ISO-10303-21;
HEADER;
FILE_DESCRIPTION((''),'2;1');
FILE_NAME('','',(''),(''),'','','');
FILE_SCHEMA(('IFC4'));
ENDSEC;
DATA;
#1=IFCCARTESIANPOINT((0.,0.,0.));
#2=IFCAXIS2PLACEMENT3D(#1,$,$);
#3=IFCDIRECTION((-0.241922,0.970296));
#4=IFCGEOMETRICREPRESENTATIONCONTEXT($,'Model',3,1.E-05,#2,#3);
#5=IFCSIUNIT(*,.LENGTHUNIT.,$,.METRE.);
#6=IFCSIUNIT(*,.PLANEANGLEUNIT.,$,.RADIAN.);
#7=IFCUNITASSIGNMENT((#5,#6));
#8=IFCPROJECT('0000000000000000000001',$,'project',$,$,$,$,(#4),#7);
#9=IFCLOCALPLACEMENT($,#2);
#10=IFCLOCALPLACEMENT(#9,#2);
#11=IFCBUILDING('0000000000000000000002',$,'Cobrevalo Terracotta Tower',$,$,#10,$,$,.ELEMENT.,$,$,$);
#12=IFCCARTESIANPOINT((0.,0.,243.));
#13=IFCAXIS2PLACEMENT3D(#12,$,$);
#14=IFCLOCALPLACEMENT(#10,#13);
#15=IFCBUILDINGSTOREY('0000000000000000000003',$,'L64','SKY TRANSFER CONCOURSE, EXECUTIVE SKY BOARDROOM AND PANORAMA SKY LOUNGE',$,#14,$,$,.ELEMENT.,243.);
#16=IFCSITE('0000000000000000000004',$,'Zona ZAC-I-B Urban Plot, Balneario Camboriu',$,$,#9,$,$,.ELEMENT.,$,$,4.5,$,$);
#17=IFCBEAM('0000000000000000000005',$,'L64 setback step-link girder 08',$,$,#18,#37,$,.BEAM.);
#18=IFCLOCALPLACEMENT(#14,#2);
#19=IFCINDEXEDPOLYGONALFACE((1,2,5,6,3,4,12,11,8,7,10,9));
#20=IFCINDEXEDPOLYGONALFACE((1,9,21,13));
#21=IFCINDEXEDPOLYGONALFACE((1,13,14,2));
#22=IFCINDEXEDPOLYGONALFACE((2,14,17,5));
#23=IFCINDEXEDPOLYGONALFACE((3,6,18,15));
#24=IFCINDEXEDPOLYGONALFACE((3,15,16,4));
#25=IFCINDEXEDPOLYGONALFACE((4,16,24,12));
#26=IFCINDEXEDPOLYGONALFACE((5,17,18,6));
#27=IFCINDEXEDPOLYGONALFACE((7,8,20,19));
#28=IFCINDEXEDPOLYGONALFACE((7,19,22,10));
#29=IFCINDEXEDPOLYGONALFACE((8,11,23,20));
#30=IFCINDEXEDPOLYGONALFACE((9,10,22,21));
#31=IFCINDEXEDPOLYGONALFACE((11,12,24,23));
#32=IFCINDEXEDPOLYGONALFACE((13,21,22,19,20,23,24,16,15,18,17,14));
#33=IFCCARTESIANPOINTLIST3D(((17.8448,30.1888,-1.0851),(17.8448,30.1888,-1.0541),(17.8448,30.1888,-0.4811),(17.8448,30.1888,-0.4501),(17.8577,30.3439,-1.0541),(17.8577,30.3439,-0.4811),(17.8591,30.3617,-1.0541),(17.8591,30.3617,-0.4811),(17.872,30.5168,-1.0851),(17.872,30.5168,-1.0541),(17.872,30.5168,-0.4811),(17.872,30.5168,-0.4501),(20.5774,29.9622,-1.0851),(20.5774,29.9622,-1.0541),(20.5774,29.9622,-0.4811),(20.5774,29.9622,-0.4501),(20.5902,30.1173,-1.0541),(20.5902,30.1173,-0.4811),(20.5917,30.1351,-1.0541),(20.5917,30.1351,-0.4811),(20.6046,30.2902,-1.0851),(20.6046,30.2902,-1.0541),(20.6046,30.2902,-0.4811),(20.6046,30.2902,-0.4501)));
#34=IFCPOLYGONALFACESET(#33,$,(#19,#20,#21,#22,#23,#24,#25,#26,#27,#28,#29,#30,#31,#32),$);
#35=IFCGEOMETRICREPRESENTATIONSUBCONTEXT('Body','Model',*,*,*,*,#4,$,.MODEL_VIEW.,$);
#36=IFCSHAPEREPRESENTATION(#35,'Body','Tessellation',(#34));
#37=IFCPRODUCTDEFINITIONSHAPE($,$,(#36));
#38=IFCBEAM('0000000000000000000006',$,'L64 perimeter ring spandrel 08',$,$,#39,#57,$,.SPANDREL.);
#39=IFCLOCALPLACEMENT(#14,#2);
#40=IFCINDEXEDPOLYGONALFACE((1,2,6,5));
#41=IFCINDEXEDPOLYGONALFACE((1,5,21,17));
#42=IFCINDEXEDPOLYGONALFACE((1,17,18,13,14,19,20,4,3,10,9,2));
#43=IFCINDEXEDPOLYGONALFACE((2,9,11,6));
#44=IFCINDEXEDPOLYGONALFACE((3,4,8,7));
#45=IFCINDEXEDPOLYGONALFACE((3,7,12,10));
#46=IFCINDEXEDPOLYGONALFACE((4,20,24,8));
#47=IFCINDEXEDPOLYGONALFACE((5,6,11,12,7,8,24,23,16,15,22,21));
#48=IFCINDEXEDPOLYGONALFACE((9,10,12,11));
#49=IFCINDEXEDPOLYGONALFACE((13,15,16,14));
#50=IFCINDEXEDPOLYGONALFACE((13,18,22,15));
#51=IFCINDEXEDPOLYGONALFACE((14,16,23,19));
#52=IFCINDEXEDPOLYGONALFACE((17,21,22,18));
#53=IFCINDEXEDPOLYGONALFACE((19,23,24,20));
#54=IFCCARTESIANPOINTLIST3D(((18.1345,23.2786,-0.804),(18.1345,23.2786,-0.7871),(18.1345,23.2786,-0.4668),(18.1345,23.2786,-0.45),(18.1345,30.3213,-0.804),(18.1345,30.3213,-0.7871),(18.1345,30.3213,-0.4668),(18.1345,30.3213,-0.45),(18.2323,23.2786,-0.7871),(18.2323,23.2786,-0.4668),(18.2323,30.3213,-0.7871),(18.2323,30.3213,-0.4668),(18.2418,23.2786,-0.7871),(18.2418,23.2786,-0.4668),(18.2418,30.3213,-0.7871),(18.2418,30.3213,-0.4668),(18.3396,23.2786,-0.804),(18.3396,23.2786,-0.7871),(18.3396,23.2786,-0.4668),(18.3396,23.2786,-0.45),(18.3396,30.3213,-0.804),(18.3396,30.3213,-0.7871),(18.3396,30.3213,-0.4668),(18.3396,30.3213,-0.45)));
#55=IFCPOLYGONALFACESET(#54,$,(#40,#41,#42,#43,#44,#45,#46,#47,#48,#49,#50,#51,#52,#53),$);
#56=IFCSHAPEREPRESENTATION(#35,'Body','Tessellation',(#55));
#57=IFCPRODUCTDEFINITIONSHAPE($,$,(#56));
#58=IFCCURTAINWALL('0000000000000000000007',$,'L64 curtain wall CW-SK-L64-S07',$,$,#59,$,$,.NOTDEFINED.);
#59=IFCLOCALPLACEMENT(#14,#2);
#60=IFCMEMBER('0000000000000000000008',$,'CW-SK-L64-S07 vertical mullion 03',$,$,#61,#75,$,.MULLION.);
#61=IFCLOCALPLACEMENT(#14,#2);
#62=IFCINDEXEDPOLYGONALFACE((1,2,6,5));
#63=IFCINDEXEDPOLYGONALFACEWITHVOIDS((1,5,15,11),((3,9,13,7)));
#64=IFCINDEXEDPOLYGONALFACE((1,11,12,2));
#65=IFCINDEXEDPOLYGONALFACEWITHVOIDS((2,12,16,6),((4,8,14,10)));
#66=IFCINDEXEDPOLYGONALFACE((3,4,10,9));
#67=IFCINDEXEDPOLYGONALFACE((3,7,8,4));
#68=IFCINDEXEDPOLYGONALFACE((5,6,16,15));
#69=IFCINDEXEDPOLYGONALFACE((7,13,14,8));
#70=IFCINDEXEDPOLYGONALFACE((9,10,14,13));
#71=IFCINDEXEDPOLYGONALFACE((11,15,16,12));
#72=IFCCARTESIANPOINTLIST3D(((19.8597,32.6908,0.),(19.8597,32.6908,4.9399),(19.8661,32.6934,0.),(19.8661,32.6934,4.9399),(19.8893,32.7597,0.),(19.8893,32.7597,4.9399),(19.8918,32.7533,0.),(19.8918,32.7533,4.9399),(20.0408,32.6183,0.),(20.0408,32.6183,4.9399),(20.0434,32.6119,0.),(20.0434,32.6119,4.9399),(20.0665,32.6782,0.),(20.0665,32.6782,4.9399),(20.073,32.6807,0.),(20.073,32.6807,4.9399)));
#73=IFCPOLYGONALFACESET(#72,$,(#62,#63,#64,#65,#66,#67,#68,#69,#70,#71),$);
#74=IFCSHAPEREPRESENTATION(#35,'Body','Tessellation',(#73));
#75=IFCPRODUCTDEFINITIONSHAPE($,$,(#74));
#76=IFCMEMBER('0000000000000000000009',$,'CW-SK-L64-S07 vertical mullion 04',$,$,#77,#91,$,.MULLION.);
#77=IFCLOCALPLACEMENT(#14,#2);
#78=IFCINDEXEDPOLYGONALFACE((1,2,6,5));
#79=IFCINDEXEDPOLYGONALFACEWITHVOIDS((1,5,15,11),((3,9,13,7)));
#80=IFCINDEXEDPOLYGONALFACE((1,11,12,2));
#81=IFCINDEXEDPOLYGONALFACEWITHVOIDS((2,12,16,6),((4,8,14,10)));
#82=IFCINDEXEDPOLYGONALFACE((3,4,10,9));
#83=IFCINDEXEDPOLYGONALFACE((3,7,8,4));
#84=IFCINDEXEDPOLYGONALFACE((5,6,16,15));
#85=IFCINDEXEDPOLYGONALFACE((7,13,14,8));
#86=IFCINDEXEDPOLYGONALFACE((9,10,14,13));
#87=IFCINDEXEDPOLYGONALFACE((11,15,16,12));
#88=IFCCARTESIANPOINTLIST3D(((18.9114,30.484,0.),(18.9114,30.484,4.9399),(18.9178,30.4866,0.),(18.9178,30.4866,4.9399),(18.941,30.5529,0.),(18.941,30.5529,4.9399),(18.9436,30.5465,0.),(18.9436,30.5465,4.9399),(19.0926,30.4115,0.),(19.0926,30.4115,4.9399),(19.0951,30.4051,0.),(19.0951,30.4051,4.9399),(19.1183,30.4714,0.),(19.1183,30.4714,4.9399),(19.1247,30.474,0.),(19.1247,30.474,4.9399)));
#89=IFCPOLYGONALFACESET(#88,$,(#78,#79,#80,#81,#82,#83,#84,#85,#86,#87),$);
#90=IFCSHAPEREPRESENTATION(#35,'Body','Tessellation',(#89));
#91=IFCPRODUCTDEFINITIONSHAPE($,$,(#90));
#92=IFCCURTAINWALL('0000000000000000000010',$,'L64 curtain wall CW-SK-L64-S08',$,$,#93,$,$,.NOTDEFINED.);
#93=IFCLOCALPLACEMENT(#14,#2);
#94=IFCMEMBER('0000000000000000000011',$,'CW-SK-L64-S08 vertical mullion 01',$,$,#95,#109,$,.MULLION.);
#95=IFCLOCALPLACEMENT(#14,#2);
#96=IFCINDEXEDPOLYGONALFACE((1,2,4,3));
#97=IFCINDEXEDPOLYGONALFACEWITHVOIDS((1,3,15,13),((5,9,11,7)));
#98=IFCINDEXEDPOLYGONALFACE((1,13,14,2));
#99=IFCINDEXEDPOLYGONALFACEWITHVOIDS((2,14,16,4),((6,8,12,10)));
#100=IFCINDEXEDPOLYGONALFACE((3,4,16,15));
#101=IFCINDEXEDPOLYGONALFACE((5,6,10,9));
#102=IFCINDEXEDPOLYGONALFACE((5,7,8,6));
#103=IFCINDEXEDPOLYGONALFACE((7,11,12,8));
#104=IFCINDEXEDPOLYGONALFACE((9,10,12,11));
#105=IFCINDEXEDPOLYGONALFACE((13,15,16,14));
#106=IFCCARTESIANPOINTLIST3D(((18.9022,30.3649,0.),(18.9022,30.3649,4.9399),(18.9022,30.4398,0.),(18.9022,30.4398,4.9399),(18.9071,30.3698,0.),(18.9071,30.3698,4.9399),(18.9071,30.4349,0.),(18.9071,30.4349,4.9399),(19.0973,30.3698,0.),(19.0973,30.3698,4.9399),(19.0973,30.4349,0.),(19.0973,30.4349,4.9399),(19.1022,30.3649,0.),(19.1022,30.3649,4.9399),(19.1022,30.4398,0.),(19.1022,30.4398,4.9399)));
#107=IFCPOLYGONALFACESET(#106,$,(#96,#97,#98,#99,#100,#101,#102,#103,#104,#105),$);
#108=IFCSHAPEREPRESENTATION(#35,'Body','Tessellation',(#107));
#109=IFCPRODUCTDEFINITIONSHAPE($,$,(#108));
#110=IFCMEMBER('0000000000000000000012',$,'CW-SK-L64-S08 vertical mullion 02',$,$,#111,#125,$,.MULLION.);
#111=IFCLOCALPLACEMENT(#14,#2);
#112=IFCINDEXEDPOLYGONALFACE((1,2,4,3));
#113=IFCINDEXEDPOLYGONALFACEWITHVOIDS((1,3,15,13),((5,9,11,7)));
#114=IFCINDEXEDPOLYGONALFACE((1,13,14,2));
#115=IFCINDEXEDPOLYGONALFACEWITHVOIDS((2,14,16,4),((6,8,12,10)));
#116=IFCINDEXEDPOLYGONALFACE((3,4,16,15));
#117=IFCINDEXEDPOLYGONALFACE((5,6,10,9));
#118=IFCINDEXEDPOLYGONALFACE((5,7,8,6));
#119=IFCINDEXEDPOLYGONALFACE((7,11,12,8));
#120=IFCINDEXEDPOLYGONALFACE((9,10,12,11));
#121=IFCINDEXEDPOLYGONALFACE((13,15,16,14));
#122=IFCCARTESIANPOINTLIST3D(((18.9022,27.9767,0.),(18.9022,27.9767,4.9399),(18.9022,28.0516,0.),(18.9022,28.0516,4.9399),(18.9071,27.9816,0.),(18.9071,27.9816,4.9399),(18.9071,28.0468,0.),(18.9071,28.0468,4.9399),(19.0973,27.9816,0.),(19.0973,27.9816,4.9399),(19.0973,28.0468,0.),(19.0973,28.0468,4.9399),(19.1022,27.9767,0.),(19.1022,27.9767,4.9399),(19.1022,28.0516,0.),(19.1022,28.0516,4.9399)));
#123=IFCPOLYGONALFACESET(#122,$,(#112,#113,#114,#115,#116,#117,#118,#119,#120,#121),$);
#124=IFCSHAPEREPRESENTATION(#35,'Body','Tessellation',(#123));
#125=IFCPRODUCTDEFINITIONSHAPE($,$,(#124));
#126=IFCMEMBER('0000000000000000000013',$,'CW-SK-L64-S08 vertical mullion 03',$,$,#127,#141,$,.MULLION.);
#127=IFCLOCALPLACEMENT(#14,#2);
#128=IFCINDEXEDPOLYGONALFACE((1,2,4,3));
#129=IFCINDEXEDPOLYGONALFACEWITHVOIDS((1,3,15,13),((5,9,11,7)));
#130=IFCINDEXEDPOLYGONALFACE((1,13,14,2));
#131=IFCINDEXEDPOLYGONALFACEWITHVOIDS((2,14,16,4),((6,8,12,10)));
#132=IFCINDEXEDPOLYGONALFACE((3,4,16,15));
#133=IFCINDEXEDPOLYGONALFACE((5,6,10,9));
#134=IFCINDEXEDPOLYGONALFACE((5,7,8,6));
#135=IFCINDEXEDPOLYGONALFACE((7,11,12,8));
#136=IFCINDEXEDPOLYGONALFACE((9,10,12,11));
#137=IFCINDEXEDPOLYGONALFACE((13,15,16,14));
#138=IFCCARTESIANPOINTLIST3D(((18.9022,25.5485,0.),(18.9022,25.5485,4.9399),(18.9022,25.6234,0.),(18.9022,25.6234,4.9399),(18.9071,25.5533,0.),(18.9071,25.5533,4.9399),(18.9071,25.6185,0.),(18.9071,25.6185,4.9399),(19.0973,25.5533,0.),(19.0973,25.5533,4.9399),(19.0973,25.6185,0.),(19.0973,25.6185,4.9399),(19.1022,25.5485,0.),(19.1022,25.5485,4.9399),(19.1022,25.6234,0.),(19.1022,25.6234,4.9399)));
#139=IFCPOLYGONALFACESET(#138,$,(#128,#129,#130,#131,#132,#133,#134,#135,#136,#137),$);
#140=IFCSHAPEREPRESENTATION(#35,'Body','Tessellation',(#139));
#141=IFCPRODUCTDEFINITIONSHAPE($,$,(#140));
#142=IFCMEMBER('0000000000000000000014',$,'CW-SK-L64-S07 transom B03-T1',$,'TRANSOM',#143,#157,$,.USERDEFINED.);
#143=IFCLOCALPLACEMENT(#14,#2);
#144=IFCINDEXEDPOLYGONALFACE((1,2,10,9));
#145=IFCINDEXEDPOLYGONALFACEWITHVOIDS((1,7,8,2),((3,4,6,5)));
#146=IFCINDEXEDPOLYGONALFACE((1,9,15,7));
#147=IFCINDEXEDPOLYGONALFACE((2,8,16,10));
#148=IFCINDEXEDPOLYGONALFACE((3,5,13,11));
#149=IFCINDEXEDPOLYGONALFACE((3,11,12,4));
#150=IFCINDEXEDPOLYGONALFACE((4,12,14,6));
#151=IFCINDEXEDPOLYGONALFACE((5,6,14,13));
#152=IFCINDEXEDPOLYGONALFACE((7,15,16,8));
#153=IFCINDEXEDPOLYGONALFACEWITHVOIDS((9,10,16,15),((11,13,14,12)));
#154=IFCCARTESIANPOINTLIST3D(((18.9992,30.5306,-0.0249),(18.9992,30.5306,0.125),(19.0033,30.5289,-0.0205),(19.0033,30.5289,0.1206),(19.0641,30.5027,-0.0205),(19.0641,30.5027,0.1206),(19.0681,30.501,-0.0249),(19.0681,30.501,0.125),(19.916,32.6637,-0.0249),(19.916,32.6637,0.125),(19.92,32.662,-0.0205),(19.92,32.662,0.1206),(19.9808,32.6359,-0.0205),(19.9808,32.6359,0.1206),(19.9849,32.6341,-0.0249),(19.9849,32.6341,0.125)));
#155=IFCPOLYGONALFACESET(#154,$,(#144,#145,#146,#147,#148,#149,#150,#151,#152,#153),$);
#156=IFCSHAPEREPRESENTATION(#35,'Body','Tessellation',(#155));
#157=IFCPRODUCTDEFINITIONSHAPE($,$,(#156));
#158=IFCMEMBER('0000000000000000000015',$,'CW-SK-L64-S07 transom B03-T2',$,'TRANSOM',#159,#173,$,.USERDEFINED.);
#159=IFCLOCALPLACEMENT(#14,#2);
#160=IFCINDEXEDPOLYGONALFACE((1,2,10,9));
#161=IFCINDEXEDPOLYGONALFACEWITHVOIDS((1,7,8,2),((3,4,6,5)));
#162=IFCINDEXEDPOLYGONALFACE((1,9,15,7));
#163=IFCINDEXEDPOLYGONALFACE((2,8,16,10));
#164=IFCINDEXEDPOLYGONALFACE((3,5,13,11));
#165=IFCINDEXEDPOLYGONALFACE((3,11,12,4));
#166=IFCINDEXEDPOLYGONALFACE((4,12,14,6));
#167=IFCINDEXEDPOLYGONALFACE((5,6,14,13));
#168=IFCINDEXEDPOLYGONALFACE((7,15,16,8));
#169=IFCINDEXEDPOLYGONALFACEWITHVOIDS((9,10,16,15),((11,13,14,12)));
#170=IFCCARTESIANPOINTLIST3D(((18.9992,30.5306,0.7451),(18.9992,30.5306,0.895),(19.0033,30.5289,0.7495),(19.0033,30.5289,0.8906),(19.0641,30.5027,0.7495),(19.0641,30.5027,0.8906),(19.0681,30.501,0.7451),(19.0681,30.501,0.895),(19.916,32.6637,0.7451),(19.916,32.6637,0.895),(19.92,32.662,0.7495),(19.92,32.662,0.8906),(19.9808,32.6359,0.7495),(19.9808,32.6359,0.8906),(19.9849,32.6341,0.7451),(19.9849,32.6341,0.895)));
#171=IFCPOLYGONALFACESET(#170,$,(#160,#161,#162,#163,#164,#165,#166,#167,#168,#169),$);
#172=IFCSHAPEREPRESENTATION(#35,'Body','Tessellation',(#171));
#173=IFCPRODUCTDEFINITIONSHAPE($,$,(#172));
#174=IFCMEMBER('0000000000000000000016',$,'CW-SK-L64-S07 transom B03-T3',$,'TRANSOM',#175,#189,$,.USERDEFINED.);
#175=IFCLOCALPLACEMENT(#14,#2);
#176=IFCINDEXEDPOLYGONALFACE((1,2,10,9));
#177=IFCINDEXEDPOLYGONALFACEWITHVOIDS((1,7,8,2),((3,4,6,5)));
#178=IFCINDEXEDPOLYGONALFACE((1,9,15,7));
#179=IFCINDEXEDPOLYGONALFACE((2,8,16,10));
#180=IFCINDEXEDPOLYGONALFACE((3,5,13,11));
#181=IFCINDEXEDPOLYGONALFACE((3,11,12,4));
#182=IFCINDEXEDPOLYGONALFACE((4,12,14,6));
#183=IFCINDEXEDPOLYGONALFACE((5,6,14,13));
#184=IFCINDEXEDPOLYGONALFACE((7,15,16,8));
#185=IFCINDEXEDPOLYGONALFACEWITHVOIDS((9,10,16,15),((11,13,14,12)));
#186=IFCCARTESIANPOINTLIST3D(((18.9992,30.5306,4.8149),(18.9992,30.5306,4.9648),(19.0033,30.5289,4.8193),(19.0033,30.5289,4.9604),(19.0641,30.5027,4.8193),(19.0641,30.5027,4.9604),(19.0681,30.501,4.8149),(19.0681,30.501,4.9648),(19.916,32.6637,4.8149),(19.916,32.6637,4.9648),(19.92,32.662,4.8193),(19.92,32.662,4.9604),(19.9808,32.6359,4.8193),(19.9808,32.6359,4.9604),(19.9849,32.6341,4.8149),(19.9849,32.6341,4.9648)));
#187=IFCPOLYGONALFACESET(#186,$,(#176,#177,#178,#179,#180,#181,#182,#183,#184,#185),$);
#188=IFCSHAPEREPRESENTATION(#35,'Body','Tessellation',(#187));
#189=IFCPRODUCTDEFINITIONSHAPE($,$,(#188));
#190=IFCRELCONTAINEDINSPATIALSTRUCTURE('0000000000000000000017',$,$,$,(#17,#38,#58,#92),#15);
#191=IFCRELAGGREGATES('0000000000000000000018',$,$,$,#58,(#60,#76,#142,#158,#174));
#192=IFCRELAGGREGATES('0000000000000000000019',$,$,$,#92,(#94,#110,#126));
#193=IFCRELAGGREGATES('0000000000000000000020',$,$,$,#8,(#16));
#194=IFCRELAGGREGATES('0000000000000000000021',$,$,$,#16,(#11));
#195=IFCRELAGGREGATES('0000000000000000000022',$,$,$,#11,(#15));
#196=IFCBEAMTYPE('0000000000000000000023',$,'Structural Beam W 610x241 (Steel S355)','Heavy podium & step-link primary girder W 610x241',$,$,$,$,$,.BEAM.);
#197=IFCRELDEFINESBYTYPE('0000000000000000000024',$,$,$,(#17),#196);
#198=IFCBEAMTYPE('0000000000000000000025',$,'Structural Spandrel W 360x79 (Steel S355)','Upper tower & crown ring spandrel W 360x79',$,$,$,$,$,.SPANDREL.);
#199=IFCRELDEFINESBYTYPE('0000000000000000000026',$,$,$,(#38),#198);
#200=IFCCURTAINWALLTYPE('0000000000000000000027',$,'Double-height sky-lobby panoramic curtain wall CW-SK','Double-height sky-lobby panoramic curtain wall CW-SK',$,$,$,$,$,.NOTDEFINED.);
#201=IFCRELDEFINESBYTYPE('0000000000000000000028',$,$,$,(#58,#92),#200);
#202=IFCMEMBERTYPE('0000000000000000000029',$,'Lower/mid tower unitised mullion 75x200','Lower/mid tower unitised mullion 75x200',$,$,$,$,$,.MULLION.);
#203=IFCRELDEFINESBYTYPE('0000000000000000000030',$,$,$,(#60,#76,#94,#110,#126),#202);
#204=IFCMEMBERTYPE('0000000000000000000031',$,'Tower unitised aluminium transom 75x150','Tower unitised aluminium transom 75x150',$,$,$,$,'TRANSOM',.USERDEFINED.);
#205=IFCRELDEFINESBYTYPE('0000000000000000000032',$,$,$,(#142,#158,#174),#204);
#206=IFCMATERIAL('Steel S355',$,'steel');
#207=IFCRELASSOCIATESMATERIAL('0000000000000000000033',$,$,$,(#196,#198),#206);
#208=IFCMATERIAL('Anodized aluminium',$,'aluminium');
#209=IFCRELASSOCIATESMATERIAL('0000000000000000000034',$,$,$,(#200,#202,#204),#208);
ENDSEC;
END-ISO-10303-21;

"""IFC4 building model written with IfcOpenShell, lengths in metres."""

from ifc_helpers import new_model, si_unit, direction, frame, origin, origin_2d, place, context, subcontext, project, spatial, hollow_rectangle, i_section, extrude, source, transform, mapped, material, material_profile, profile_set, type_object, element, aggregate, save


model = new_model("IFC4")

# Units and contexts
model_context = context("Model", 3, precision=1e-05, world=origin(), true_north=direction((-0.241922, 0.970296)))
body_context = subcontext(model_context, "Body", "Model", "MODEL_VIEW")
ifc_project = project(units=[si_unit("LENGTHUNIT", "METRE"), si_unit("PLANEANGLEUNIT", "RADIAN")], contexts=[model_context])

# Site, building, storey
site_placement = place(None, origin())
site = spatial("IfcSite", under=ifc_project, at=site_placement, Name="Zona ZAC-I-B Urban Plot, Balneario Camboriu", CompositionType="ELEMENT", RefElevation=4.5)
building_placement = place(site_placement, origin())
building = spatial("IfcBuilding", under=site, at=building_placement, Name="Cobrevalo Terracotta Tower", CompositionType="ELEMENT")
storey_placement = place(building_placement, frame((0.0, 0.0, 243.0)))
storey = spatial("IfcBuildingStorey", under=building, at=storey_placement, Name="L64", Description="SKY TRANSFER CONCOURSE, EXECUTIVE SKY BOARDROOM AND PANORAMA SKY LOUNGE", CompositionType="ELEMENT", Elevation=243.0)

# Beams
ifc_material_1 = material(Name="Steel S355", Category="steel")
ifc_material_profile_1 = material_profile(ifc_material_1, i_section(OverallWidth=0.3291, OverallDepth=0.635, WebThickness=0.0178, FlangeThickness=0.031, at=origin_2d()), Name="W 610x241")
ifc_profile_set_1 = profile_set([ifc_material_profile_1], Name="Steel S355")
beam_type_1 = type_object("IfcBeamType", Name="Structural Beam W 610x241 (Steel S355)", Description="Heavy podium & step-link primary girder W 610x241", PredefinedType="BEAM", material=ifc_profile_set_1)
beam_1_placement = place(storey_placement, frame((17.8584, 30.3528, -0.7676), z_axis=(0.996581, -0.082625, 0.0), x_axis=(0.082625, 0.996581, 0.0)))
element("IfcBeam", 1, at=beam_1_placement, inside=storey, type_object=beam_type_1, Name="L64 setback step-link girder 08", PredefinedType="BEAM", context=body_context, shape_type="SweptSolid", body=[
    extrude(i_section(OverallWidth=0.3291, OverallDepth=0.635, WebThickness=0.0178, FlangeThickness=0.031, at=origin_2d()), origin(), (0.0, 0.0, 1.0), 2.7419),
])
ifc_material_profile_2 = material_profile(ifc_material_1, i_section(OverallWidth=0.2051, OverallDepth=0.354, WebThickness=0.0095, FlangeThickness=0.0168, at=origin_2d()), Name="W 360x79")
ifc_profile_set_2 = profile_set([ifc_material_profile_2], Name="Steel S355")
beam_type_2 = type_object("IfcBeamType", Name="Structural Spandrel W 360x79 (Steel S355)", Description="Upper tower & crown ring spandrel W 360x79", PredefinedType="SPANDREL", material=ifc_profile_set_2)
beam_2_placement = place(storey_placement, frame((18.2371, 30.3213, -0.627), z_axis=(0.0, -1.0, 0.0), x_axis=(1.0, 0.0, 0.0)))
element("IfcBeam", 2, at=beam_2_placement, inside=storey, type_object=beam_type_2, Name="L64 perimeter ring spandrel 08", PredefinedType="SPANDREL", context=body_context, shape_type="SweptSolid", body=[
    extrude(i_section(OverallWidth=0.2051, OverallDepth=0.354, WebThickness=0.0095, FlangeThickness=0.0168, at=origin_2d()), origin(), (0.0, 0.0, 1.0), 7.0427),
])

# Curtain walls, members
ifc_material_2 = material(Name="Anodized aluminium", Category="aluminium")
curtain_wall_type = type_object("IfcCurtainWallType", Name="Double-height sky-lobby panoramic curtain wall CW-SK", Description="Double-height sky-lobby panoramic curtain wall CW-SK", PredefinedType="NOTDEFINED", material=ifc_material_2)
curtain_wall_1_placement = place(storey_placement, origin())
curtain_wall_1 = element("IfcCurtainWall", 3, at=curtain_wall_1_placement, inside=storey, type_object=curtain_wall_type, Name="L64 curtain wall CW-SK-L64-S07", PredefinedType="NOTDEFINED")
ifc_material_profile_3 = material_profile(ifc_material_2, hollow_rectangle(XDim=0.075, YDim=0.2, WallThickness=0.0049, at=origin_2d()), Name="CWM 75x200")
ifc_profile_set_3 = profile_set([ifc_material_profile_3], Name="Anodized aluminium")
member_type_1 = type_object("IfcMemberType", Name="Lower/mid tower unitised mullion 75x200", Description="Lower/mid tower unitised mullion 75x200", PredefinedType="MULLION", material=ifc_profile_set_3)
shared_shape_1 = source(origin(), body_context, "Body", "SweptSolid", [
    extrude(hollow_rectangle(XDim=0.075, YDim=0.2, WallThickness=0.0049, at=origin_2d()), origin(), (0.0, 0.0, 1.0), 4.9399),
])
member_1_placement = place(storey_placement, frame((19.9663, 32.6858, 0.0), z_axis=(0.0, 0.0, 1.0), x_axis=(-0.394824, -0.918757, 0.0)))
member_1 = element("IfcMember", 4, at=member_1_placement, type_object=member_type_1, Name="CW-SK-L64-S07 vertical mullion 03", PredefinedType="MULLION", context=body_context, shape_type="MappedRepresentation", body=[
    mapped(shared_shape_1, transform((0.0, 0.0, 0.0), scale=1.0)),
])
member_2_placement = place(storey_placement, frame((19.0181, 30.479, 0.0), z_axis=(0.0, 0.0, 1.0), x_axis=(-0.394824, -0.918757, 0.0)))
member_2 = element("IfcMember", 5, at=member_2_placement, type_object=member_type_1, Name="CW-SK-L64-S07 vertical mullion 04", PredefinedType="MULLION", context=body_context, shape_type="MappedRepresentation", body=[
    mapped(shared_shape_1, transform((0.0, 0.0, 0.0), scale=1.0)),
])
curtain_wall_2_placement = place(storey_placement, origin())
curtain_wall_2 = element("IfcCurtainWall", 6, at=curtain_wall_2_placement, inside=storey, type_object=curtain_wall_type, Name="L64 curtain wall CW-SK-L64-S08", PredefinedType="NOTDEFINED")
member_3_placement = place(storey_placement, frame((19.0022, 30.4023, 0.0), z_axis=(0.0, 0.0, 1.0), x_axis=(0.0, -1.0, 0.0)))
member_3 = element("IfcMember", 7, at=member_3_placement, type_object=member_type_1, Name="CW-SK-L64-S08 vertical mullion 01", PredefinedType="MULLION", context=body_context, shape_type="MappedRepresentation", body=[
    mapped(shared_shape_1, transform((0.0, 0.0, 0.0), scale=1.0)),
])
member_4_placement = place(storey_placement, frame((19.0022, 28.0142, 0.0), z_axis=(0.0, 0.0, 1.0), x_axis=(0.0, -1.0, 0.0)))
member_4 = element("IfcMember", 8, at=member_4_placement, type_object=member_type_1, Name="CW-SK-L64-S08 vertical mullion 02", PredefinedType="MULLION", context=body_context, shape_type="MappedRepresentation", body=[
    mapped(shared_shape_1, transform((0.0, 0.0, 0.0), scale=1.0)),
])
member_5_placement = place(storey_placement, frame((19.0022, 25.5859, 0.0), z_axis=(0.0, 0.0, 1.0), x_axis=(0.0, -1.0, 0.0)))
member_5 = element("IfcMember", 9, at=member_5_placement, type_object=member_type_1, Name="CW-SK-L64-S08 vertical mullion 03", PredefinedType="MULLION", context=body_context, shape_type="MappedRepresentation", body=[
    mapped(shared_shape_1, transform((0.0, 0.0, 0.0), scale=1.0)),
])

# Members
ifc_material_profile_4 = material_profile(ifc_material_2, hollow_rectangle(XDim=0.075, YDim=0.1499, WallThickness=0.0044, at=origin_2d()), Name="CWT 75x150")
ifc_profile_set_4 = profile_set([ifc_material_profile_4], Name="Anodized aluminium")
member_type_2 = type_object("IfcMemberType", Name="Tower unitised aluminium transom 75x150", Description="Tower unitised aluminium transom 75x150", ElementType="TRANSOM", PredefinedType="USERDEFINED", material=ifc_profile_set_4)
shared_shape_2 = source(origin(), body_context, "Body", "SweptSolid", [
    extrude(hollow_rectangle(XDim=0.075, YDim=0.1499, WallThickness=0.0044, at=origin_2d()), origin(), (0.0, 0.0, 1.0), 2.3218),
])
member_6_placement = place(storey_placement, frame((19.9504, 32.6489, 0.05), z_axis=(-0.394858, -0.918742, 0.0), x_axis=(0.918742, -0.394858, 0.0)))
member_6 = element("IfcMember", 10, at=member_6_placement, type_object=member_type_2, Name="CW-SK-L64-S07 transom B03-T1", ObjectType="TRANSOM", PredefinedType="USERDEFINED", context=body_context, shape_type="MappedRepresentation", body=[
    mapped(shared_shape_2, transform((0.0, 0.0, 0.0), scale=1.0)),
])
member_7_placement = place(storey_placement, frame((19.9504, 32.6489, 0.8201), z_axis=(-0.394858, -0.918742, 0.0), x_axis=(0.918742, -0.394858, 0.0)))
member_7 = element("IfcMember", 11, at=member_7_placement, type_object=member_type_2, Name="CW-SK-L64-S07 transom B03-T2", ObjectType="TRANSOM", PredefinedType="USERDEFINED", context=body_context, shape_type="MappedRepresentation", body=[
    mapped(shared_shape_2, transform((0.0, 0.0, 0.0), scale=1.0)),
])
member_8_placement = place(storey_placement, frame((19.9504, 32.6489, 4.8899), z_axis=(-0.394858, -0.918742, 0.0), x_axis=(0.918742, -0.394858, 0.0)))
member_8 = element("IfcMember", 12, at=member_8_placement, type_object=member_type_2, Name="CW-SK-L64-S07 transom B03-T3", ObjectType="TRANSOM", PredefinedType="USERDEFINED", context=body_context, shape_type="MappedRepresentation", body=[
    mapped(shared_shape_2, transform((0.0, 0.0, 0.0), scale=1.0)),
])

aggregate(curtain_wall_1, [member_1, member_2, member_6, member_7, member_8])
aggregate(curtain_wall_2, [member_3, member_4, member_5])

save(model, "model.ifc")
